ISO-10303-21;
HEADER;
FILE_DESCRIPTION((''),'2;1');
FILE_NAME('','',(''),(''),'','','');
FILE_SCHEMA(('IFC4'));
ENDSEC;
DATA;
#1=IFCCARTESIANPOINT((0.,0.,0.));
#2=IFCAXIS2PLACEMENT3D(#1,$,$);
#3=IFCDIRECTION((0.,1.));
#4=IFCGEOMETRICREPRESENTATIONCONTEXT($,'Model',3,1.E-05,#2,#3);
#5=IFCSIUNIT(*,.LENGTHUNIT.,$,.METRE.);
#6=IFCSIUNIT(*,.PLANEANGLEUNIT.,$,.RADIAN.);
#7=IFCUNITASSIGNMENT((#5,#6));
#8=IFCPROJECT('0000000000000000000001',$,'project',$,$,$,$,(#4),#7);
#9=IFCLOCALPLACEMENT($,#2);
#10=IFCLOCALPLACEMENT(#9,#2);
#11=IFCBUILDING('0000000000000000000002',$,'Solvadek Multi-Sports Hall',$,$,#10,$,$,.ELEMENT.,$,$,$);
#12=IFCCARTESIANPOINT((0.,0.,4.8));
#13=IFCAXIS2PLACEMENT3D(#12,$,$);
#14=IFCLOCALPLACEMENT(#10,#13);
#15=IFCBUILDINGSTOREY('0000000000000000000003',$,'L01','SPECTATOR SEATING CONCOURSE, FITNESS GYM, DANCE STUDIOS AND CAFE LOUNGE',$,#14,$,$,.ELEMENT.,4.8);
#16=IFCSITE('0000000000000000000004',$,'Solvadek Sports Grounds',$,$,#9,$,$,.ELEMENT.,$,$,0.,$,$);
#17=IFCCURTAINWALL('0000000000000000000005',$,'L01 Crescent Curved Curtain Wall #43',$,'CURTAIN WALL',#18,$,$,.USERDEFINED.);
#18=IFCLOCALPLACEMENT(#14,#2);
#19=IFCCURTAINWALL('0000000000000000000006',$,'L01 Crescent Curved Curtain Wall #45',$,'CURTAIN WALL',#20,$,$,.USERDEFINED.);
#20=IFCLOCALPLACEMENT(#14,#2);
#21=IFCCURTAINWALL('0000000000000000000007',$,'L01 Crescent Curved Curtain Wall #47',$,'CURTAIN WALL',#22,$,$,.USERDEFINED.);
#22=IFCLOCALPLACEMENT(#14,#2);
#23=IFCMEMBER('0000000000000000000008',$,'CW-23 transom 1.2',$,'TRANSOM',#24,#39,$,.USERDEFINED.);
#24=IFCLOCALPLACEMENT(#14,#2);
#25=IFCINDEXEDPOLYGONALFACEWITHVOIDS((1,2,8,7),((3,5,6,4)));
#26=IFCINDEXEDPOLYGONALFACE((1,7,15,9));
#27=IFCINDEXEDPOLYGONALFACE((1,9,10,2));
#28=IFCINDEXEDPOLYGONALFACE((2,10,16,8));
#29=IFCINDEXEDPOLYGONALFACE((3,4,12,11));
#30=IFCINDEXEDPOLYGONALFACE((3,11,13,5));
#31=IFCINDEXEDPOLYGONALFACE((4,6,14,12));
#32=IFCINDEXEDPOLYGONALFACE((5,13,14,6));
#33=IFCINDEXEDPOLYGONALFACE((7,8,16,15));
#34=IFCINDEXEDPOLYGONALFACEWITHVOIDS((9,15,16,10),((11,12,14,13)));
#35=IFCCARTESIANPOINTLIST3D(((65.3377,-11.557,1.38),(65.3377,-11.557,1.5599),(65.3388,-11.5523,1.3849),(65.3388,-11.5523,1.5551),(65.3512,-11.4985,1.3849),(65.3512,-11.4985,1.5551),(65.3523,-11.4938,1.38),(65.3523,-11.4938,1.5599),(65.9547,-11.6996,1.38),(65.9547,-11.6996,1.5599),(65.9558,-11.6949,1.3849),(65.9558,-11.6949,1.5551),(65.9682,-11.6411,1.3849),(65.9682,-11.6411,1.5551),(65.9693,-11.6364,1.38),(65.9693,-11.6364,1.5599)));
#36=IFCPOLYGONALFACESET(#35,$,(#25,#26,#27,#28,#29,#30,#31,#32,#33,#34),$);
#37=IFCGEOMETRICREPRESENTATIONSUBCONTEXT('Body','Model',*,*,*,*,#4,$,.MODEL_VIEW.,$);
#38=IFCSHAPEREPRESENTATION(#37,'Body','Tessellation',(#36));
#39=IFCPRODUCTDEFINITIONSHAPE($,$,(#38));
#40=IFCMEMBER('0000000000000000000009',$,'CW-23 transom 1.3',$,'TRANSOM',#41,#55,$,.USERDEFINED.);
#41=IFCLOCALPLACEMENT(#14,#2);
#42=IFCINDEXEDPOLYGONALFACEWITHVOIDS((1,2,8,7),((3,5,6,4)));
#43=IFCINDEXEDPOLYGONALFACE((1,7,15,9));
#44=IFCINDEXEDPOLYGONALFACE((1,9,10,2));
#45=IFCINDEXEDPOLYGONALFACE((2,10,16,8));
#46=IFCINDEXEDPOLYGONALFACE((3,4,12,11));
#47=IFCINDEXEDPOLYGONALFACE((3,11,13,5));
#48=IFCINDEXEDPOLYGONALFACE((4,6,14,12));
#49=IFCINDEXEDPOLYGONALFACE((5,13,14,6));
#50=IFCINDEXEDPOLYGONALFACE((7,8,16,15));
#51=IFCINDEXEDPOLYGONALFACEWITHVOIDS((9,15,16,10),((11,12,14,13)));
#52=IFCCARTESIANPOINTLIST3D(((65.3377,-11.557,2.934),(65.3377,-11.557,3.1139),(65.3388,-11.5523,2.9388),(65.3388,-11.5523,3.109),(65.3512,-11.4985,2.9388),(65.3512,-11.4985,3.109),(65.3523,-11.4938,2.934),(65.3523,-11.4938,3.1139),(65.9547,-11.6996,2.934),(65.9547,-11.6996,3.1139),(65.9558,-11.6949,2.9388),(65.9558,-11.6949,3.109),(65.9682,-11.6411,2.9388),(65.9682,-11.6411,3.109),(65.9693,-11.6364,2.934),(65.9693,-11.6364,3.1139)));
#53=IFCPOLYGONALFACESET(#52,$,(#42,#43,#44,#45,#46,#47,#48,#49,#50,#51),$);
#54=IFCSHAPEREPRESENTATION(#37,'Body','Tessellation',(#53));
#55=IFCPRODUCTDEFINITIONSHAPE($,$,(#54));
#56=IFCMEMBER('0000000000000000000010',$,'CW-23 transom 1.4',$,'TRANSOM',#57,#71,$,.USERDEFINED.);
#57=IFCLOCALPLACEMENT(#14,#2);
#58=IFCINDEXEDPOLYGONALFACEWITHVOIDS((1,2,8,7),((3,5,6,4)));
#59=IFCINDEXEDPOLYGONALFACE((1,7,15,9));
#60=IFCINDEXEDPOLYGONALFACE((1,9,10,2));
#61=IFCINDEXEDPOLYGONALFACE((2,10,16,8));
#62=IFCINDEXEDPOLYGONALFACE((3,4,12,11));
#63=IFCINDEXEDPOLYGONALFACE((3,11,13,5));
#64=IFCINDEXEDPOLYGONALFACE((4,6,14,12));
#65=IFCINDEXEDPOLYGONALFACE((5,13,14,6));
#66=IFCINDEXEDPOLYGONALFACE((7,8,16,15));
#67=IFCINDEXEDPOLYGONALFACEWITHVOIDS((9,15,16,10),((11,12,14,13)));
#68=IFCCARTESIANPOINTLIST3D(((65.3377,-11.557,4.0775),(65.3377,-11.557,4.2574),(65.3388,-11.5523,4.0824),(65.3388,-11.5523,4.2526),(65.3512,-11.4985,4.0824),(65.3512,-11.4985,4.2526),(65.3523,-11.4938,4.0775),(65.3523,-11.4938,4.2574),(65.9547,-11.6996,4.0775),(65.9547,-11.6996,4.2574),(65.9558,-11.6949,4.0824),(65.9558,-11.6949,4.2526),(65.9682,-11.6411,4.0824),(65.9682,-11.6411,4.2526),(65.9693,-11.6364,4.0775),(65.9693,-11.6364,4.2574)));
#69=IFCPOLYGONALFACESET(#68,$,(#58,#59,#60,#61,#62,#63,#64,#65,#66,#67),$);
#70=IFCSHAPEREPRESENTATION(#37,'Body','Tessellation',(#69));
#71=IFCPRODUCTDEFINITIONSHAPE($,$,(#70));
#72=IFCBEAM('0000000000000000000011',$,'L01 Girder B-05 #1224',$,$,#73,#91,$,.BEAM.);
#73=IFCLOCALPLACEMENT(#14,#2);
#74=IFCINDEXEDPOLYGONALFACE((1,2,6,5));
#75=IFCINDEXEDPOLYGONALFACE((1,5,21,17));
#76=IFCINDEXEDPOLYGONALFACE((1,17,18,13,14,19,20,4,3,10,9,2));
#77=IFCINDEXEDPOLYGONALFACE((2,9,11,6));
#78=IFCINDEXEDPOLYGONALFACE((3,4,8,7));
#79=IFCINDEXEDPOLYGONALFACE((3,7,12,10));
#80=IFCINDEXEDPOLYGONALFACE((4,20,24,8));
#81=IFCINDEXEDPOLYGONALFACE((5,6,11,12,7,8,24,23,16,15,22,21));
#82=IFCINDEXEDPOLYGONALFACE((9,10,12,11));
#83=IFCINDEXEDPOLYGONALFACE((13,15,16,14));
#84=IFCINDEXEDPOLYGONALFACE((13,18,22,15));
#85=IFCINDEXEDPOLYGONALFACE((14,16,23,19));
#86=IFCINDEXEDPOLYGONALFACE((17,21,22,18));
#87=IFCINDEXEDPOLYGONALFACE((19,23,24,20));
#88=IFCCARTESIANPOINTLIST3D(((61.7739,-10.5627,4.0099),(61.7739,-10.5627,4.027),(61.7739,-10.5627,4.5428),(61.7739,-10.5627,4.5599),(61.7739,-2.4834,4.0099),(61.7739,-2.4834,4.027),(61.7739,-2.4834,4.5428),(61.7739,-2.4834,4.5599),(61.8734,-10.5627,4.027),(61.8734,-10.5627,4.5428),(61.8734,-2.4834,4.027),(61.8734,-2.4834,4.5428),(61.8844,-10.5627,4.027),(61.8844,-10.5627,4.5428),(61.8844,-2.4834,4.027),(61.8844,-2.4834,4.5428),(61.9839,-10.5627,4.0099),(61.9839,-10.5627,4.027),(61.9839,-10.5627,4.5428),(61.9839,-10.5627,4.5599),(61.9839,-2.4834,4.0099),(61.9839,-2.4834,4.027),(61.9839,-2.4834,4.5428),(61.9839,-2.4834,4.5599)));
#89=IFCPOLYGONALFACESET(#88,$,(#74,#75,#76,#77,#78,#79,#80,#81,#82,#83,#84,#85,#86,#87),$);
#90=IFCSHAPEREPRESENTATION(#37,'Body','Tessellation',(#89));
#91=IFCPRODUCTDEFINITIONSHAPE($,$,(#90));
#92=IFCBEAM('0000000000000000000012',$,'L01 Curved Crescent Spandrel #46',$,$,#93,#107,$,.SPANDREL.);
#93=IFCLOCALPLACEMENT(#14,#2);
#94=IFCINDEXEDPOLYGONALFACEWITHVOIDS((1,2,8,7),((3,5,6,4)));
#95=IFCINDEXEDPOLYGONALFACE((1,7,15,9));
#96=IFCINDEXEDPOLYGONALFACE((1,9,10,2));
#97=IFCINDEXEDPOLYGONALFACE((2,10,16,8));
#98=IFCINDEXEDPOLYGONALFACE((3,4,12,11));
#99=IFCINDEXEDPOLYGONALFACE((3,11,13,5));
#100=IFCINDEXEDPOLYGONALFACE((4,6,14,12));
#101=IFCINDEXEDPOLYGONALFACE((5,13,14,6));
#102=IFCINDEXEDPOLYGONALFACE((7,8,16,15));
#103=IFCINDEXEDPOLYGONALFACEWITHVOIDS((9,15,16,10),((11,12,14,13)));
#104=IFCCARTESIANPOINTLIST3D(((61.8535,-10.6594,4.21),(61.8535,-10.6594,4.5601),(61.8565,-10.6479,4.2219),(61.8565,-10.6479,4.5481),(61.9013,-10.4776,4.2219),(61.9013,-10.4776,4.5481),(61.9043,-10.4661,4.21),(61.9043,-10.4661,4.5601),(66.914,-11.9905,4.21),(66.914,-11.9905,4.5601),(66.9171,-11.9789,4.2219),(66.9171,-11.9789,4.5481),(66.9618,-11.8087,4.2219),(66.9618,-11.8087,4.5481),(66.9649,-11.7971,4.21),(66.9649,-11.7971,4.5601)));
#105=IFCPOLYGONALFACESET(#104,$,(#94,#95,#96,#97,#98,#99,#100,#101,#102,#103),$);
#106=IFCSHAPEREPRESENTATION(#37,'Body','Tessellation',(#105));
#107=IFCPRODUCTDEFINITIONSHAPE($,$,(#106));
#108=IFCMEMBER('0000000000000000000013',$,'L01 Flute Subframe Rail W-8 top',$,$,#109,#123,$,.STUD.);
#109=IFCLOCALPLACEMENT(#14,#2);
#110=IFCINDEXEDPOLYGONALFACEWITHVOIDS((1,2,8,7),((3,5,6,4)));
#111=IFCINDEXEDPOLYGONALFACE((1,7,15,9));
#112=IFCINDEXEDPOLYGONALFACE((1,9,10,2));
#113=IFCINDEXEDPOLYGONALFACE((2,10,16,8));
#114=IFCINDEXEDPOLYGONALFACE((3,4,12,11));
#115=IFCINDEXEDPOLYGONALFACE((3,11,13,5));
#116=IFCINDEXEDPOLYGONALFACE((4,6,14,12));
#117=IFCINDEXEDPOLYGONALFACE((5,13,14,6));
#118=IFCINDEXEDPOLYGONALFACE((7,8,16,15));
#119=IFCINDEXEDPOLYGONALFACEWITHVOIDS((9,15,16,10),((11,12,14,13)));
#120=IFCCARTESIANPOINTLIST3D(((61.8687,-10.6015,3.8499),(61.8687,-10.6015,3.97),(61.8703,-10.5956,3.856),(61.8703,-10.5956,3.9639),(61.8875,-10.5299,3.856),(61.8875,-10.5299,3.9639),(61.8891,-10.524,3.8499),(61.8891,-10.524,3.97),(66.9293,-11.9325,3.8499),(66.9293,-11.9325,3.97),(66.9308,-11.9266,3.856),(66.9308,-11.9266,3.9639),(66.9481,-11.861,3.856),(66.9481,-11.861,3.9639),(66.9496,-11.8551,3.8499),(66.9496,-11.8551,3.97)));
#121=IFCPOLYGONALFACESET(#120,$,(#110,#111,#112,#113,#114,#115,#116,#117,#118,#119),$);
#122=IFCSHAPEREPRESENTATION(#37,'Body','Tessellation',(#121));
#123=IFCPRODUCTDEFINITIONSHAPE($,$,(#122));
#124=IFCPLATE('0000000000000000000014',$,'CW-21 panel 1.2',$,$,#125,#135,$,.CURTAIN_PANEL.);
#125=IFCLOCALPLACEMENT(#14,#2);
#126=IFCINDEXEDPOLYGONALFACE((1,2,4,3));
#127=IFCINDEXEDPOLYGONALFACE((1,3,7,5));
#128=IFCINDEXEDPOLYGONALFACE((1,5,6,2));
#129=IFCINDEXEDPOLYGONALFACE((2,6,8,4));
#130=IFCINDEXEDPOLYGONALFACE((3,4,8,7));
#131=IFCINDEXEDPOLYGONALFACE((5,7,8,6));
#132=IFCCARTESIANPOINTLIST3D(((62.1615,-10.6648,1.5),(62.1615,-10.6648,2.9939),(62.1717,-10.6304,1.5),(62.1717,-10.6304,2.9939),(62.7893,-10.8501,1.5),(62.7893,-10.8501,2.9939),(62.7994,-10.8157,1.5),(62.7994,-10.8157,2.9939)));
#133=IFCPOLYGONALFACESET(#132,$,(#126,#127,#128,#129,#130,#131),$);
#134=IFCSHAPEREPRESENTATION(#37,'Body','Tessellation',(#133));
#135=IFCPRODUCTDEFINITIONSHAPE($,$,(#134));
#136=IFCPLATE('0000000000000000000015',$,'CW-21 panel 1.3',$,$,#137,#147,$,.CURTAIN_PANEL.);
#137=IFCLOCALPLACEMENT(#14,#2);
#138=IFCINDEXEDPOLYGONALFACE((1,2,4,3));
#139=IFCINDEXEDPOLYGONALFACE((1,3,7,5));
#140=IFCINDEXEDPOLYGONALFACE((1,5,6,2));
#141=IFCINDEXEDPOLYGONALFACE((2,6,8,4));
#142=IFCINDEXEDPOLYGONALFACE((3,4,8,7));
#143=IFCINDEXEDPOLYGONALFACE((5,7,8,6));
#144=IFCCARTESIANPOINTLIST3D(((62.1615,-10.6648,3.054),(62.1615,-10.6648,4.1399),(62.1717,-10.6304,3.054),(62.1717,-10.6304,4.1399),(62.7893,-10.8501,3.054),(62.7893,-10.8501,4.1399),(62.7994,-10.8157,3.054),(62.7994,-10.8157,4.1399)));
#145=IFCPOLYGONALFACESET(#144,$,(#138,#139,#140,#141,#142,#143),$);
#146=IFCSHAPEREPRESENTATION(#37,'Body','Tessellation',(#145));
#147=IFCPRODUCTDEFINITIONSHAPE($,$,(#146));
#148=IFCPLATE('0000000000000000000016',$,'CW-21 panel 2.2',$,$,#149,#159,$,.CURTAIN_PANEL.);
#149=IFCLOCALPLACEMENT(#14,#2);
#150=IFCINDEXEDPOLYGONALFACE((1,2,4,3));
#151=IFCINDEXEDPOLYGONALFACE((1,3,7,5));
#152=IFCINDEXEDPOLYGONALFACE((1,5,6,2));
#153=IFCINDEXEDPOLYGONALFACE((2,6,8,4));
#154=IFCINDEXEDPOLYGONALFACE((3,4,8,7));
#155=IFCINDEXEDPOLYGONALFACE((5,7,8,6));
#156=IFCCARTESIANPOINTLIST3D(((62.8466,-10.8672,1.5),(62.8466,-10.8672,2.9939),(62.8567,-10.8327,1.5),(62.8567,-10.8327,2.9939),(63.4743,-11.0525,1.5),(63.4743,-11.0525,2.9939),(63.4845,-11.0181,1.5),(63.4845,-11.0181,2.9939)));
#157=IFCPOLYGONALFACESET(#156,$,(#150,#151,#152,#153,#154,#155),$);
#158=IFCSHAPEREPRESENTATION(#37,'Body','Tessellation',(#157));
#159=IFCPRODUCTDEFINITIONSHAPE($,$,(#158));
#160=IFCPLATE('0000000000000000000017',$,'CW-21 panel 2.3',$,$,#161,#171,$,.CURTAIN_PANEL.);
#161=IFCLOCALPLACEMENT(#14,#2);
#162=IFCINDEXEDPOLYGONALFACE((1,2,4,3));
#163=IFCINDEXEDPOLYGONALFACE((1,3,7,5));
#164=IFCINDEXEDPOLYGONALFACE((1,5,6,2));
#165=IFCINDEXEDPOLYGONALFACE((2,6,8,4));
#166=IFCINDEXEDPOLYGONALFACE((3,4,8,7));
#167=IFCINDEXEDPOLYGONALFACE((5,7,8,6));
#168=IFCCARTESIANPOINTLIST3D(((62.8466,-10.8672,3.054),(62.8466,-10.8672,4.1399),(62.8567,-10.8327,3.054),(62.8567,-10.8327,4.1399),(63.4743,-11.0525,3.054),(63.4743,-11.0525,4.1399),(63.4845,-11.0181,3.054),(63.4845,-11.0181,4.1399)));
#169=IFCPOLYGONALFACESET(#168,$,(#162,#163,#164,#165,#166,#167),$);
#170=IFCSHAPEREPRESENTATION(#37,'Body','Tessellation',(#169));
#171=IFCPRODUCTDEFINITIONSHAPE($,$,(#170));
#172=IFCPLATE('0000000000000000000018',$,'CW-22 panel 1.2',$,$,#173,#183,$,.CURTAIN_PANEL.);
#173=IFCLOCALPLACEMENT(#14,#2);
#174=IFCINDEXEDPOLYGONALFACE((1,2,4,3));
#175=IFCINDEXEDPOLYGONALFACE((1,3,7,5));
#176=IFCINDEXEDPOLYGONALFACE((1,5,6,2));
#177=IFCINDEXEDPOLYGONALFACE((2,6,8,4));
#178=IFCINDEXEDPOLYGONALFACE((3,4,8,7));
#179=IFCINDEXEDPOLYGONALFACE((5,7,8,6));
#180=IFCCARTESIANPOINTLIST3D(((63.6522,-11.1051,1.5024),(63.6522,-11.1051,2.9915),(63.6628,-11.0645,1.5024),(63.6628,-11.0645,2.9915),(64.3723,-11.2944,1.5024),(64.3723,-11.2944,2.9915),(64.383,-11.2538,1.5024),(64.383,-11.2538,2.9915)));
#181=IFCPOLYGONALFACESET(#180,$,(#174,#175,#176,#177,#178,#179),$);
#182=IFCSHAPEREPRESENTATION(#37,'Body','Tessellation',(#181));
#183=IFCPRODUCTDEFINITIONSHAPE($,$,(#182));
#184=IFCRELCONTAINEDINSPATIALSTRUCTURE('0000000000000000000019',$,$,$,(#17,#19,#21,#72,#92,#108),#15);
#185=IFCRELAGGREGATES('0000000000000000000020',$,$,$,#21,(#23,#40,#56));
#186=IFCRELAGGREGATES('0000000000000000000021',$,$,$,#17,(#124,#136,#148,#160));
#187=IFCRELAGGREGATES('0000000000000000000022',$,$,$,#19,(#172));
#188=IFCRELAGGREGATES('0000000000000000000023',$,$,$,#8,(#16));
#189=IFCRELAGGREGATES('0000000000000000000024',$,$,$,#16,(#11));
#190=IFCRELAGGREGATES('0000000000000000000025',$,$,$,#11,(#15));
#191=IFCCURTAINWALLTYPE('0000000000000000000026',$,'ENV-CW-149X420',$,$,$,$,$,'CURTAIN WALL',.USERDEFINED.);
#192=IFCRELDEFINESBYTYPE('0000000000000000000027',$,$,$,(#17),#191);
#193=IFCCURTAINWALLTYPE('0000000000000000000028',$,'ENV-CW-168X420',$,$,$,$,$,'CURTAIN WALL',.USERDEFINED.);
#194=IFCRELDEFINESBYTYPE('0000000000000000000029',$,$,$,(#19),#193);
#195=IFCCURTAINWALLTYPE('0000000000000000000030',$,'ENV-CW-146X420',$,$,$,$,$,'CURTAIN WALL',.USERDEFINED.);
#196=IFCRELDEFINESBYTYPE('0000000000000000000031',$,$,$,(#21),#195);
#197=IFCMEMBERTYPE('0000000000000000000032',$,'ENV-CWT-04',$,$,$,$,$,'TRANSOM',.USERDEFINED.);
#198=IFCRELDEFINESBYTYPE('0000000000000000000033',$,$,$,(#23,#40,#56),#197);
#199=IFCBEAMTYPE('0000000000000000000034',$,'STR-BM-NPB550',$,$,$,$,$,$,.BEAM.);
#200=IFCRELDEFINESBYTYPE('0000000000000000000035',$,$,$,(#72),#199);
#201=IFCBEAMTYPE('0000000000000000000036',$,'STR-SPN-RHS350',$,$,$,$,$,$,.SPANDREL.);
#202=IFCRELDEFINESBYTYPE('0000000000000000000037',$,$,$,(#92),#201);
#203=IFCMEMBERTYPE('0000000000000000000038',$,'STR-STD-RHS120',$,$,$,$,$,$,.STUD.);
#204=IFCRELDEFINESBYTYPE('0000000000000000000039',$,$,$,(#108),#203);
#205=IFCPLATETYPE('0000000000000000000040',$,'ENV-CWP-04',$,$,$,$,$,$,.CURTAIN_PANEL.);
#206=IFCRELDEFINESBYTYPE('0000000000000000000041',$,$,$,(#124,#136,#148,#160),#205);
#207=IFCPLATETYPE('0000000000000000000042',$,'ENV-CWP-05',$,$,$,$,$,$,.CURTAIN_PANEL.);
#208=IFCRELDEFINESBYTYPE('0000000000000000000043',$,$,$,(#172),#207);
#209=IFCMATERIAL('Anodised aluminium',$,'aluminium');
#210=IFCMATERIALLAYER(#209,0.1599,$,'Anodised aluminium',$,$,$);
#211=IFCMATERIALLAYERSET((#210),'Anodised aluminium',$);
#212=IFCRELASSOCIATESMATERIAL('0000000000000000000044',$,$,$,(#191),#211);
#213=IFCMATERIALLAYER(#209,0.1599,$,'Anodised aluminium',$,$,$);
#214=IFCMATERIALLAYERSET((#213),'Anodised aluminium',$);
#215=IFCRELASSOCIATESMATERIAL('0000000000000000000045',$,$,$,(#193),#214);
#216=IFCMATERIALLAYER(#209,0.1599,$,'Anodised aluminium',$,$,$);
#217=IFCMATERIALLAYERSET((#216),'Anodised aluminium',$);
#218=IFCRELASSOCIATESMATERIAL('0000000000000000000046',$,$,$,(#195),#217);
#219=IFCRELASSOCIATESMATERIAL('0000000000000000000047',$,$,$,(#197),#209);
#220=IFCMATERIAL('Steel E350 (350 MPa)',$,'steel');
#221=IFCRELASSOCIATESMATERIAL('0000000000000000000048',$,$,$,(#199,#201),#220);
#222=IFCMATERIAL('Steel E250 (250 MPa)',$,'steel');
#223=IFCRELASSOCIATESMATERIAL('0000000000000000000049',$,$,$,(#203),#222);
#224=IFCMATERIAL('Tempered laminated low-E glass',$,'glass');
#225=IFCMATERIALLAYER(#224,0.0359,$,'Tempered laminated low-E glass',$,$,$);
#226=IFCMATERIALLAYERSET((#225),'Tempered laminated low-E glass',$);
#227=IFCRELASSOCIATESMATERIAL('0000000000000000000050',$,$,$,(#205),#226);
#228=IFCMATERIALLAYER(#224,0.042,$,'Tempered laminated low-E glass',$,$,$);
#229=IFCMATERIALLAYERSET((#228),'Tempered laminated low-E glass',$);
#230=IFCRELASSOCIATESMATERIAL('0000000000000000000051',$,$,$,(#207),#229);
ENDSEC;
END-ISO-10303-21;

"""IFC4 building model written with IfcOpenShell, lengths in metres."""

from ifc_helpers import new_model, si_unit, direction, frame, origin, origin_2d, place, context, subcontext, project, spatial, rectangle, hollow_rectangle, i_section, extrude, material, layer, layer_set, material_profile, profile_set, type_object, element, aggregate, save


model = new_model("IFC4")

# Units and contexts
model_context = context("Model", 3, precision=1e-05, world=origin(), true_north=direction((0.0, 1.0)))
body_context = subcontext(model_context, "Body", "Model", "MODEL_VIEW")
ifc_project = project(units=[si_unit("LENGTHUNIT", "METRE"), si_unit("PLANEANGLEUNIT", "RADIAN")], contexts=[model_context])

# Site, building, storey
site_placement = place(None, origin())
site = spatial("IfcSite", under=ifc_project, at=site_placement, Name="Solvadek Sports Grounds", CompositionType="ELEMENT", RefElevation=0.0)
building_placement = place(site_placement, origin())
building = spatial("IfcBuilding", under=site, at=building_placement, Name="Solvadek Multi-Sports Hall", CompositionType="ELEMENT")
storey_placement = place(building_placement, frame((0.0, 0.0, 4.8)))
storey = spatial("IfcBuildingStorey", under=building, at=storey_placement, Name="L01", Description="SPECTATOR SEATING CONCOURSE, FITNESS GYM, DANCE STUDIOS AND CAFE LOUNGE", CompositionType="ELEMENT", Elevation=4.8)

# Curtain walls, members
ifc_material_1 = material(Name="Anodised aluminium", Category="aluminium")
ifc_layer_1 = layer(ifc_material_1, 0.1599, Name="Anodised aluminium")
ifc_layer_set_1 = layer_set([ifc_layer_1], Name="Anodised aluminium")
curtain_wall_type_1 = type_object("IfcCurtainWallType", Name="ENV-CW-149X420", ElementType="CURTAIN WALL", PredefinedType="USERDEFINED", material=ifc_layer_set_1)
curtain_wall_1_placement = place(storey_placement, origin())
curtain_wall_1 = element("IfcCurtainWall", 1, at=curtain_wall_1_placement, inside=storey, type_object=curtain_wall_type_1, Name="L01 Crescent Curved Curtain Wall #43", ObjectType="CURTAIN WALL", PredefinedType="USERDEFINED")
ifc_layer_2 = layer(ifc_material_1, 0.1599, Name="Anodised aluminium")
ifc_layer_set_2 = layer_set([ifc_layer_2], Name="Anodised aluminium")
curtain_wall_type_2 = type_object("IfcCurtainWallType", Name="ENV-CW-168X420", ElementType="CURTAIN WALL", PredefinedType="USERDEFINED", material=ifc_layer_set_2)
curtain_wall_2_placement = place(storey_placement, origin())
curtain_wall_2 = element("IfcCurtainWall", 2, at=curtain_wall_2_placement, inside=storey, type_object=curtain_wall_type_2, Name="L01 Crescent Curved Curtain Wall #45", ObjectType="CURTAIN WALL", PredefinedType="USERDEFINED")
ifc_layer_3 = layer(ifc_material_1, 0.1599, Name="Anodised aluminium")
ifc_layer_set_3 = layer_set([ifc_layer_3], Name="Anodised aluminium")
curtain_wall_type_3 = type_object("IfcCurtainWallType", Name="ENV-CW-146X420", ElementType="CURTAIN WALL", PredefinedType="USERDEFINED", material=ifc_layer_set_3)
curtain_wall_3_placement = place(storey_placement, origin())
curtain_wall_3 = element("IfcCurtainWall", 3, at=curtain_wall_3_placement, inside=storey, type_object=curtain_wall_type_3, Name="L01 Crescent Curved Curtain Wall #47", ObjectType="CURTAIN WALL", PredefinedType="USERDEFINED")
ifc_material_profile_1 = material_profile(ifc_material_1, hollow_rectangle(XDim=0.0649, YDim=0.1799, WallThickness=0.0049, at=origin_2d()), Name="ALU-T 180x65x5")
ifc_profile_set_1 = profile_set([ifc_material_profile_1], Name="Anodised aluminium")
member_type_1 = type_object("IfcMemberType", Name="ENV-CWT-04", ElementType="TRANSOM", PredefinedType="USERDEFINED", material=ifc_profile_set_1)
member_1_placement = place(storey_placement, frame((65.345, -11.5254, 1.47), z_axis=(0.97432, -0.225169, 0.0), x_axis=(0.225169, 0.97432, 0.0)))
member_1 = element("IfcMember", 4, at=member_1_placement, type_object=member_type_1, Name="CW-23 transom 1.2", ObjectType="TRANSOM", PredefinedType="USERDEFINED", context=body_context, shape_type="SweptSolid", body=[
    extrude(hollow_rectangle(XDim=0.0649, YDim=0.1799, WallThickness=0.0049, at=origin_2d()), origin(), (0.0, 0.0, 1.0), 0.6333),
])
member_2_placement = place(storey_placement, frame((65.345, -11.5254, 3.0239), z_axis=(0.97432, -0.225169, 0.0), x_axis=(0.225169, 0.97432, 0.0)))
member_2 = element("IfcMember", 5, at=member_2_placement, type_object=member_type_1, Name="CW-23 transom 1.3", ObjectType="TRANSOM", PredefinedType="USERDEFINED", context=body_context, shape_type="SweptSolid", body=[
    extrude(hollow_rectangle(XDim=0.0649, YDim=0.1799, WallThickness=0.0049, at=origin_2d()), origin(), (0.0, 0.0, 1.0), 0.6333),
])
member_3_placement = place(storey_placement, frame((65.345, -11.5254, 4.1675), z_axis=(0.97432, -0.225169, 0.0), x_axis=(0.225169, 0.97432, 0.0)))
member_3 = element("IfcMember", 6, at=member_3_placement, type_object=member_type_1, Name="CW-23 transom 1.4", ObjectType="TRANSOM", PredefinedType="USERDEFINED", context=body_context, shape_type="SweptSolid", body=[
    extrude(hollow_rectangle(XDim=0.0649, YDim=0.1799, WallThickness=0.0049, at=origin_2d()), origin(), (0.0, 0.0, 1.0), 0.6333),
])
aggregate(curtain_wall_3, [member_1, member_2, member_3])

# Beams
ifc_material_2 = material(Name="Steel E350 (350 MPa)", Category="steel")
ifc_material_profile_2 = material_profile(ifc_material_2, i_section(OverallWidth=0.21, OverallDepth=0.55, WebThickness=0.011, FlangeThickness=0.0171, at=origin_2d()), Name="NPB 550")
ifc_profile_set_2 = profile_set([ifc_material_profile_2], Name="Steel E350 (350 MPa)")
beam_type_1 = type_object("IfcBeamType", Name="STR-BM-NPB550", PredefinedType="BEAM", material=ifc_profile_set_2)
beam_1_placement = place(storey_placement, frame((61.8789, -10.5627, 4.2849), z_axis=(0.0, 1.0, 0.0), x_axis=(-1.0, 0.0, 0.0)))
element("IfcBeam", 7, at=beam_1_placement, inside=storey, type_object=beam_type_1, Name="L01 Girder B-05 #1224", PredefinedType="BEAM", context=body_context, shape_type="SweptSolid", body=[
    extrude(i_section(OverallWidth=0.21, OverallDepth=0.55, WebThickness=0.011, FlangeThickness=0.0171, at=origin_2d()), origin(), (0.0, 0.0, 1.0), 8.0793),
])
ifc_material_profile_3 = material_profile(ifc_material_2, hollow_rectangle(XDim=0.2, YDim=0.3501, WallThickness=0.012, at=origin_2d()), Name="RHS 350x200x12")
ifc_profile_set_3 = profile_set([ifc_material_profile_3], Name="Steel E350 (350 MPa)")
beam_type_2 = type_object("IfcBeamType", Name="STR-SPN-RHS350", PredefinedType="SPANDREL", material=ifc_profile_set_3)
beam_2_placement = place(storey_placement, frame((61.8789, -10.5627, 4.385), z_axis=(0.967106, -0.254374, 0.0), x_axis=(0.254374, 0.967106, 0.0)))
element("IfcBeam", 8, at=beam_2_placement, inside=storey, type_object=beam_type_2, Name="L01 Curved Crescent Spandrel #46", PredefinedType="SPANDREL", context=body_context, shape_type="SweptSolid", body=[
    extrude(hollow_rectangle(XDim=0.2, YDim=0.3501, WallThickness=0.012, at=origin_2d()), origin(), (0.0, 0.0, 1.0), 5.2327),
])

# Member
ifc_material_3 = material(Name="Steel E250 (250 MPa)", Category="steel")
ifc_material_profile_4 = material_profile(ifc_material_3, hollow_rectangle(XDim=0.0801, YDim=0.1201, WallThickness=0.0061, at=origin_2d()), Name="RHS 120x80x6")
ifc_profile_set_4 = profile_set([ifc_material_profile_4], Name="Steel E250 (250 MPa)")
member_type_2 = type_object("IfcMemberType", Name="STR-STD-RHS120", PredefinedType="STUD", material=ifc_profile_set_4)
member_4_placement = place(storey_placement, frame((61.8789, -10.5627, 3.9099), z_axis=(0.967106, -0.254374, 0.0), x_axis=(0.254374, 0.967106, 0.0)))
element("IfcMember", 9, at=member_4_placement, inside=storey, type_object=member_type_2, Name="L01 Flute Subframe Rail W-8 top", PredefinedType="STUD", context=body_context, shape_type="SweptSolid", body=[
    extrude(hollow_rectangle(XDim=0.0801, YDim=0.1201, WallThickness=0.0061, at=origin_2d()), origin(), (0.0, 0.0, 1.0), 5.2327),
])

# Plates
ifc_material_4 = material(Name="Tempered laminated low-E glass", Category="glass")
ifc_layer_4 = layer(ifc_material_4, 0.0359, Name="Tempered laminated low-E glass")
ifc_layer_set_4 = layer_set([ifc_layer_4], Name="Tempered laminated low-E glass")
plate_type_1 = type_object("IfcPlateType", Name="ENV-CWP-04", PredefinedType="CURTAIN_PANEL", material=ifc_layer_set_4)
plate_1_placement = place(storey_placement, frame((62.4805, -10.7402, 1.5), z_axis=(0.0, 0.0, 1.0), x_axis=(0.959069, -0.283173, 0.0)))
plate_1 = element("IfcPlate", 10, at=plate_1_placement, type_object=plate_type_1, Name="CW-21 panel 1.2", PredefinedType="CURTAIN_PANEL", context=body_context, shape_type="SweptSolid", body=[
    extrude(rectangle(XDim=0.6545, YDim=0.0359, at=origin_2d()), origin(), (0.0, 0.0, 1.0), 1.4939),
])
plate_2_placement = place(storey_placement, frame((62.4805, -10.7402, 3.054), z_axis=(0.0, 0.0, 1.0), x_axis=(0.959069, -0.283173, 0.0)))
plate_2 = element("IfcPlate", 11, at=plate_2_placement, type_object=plate_type_1, Name="CW-21 panel 1.3", PredefinedType="CURTAIN_PANEL", context=body_context, shape_type="SweptSolid", body=[
    extrude(rectangle(XDim=0.6545, YDim=0.0359, at=origin_2d()), origin(), (0.0, 0.0, 1.0), 1.0859),
])
plate_3_placement = place(storey_placement, frame((63.1655, -10.9426, 1.5), z_axis=(0.0, 0.0, 1.0), x_axis=(0.959069, -0.283173, 0.0)))
plate_3 = element("IfcPlate", 12, at=plate_3_placement, type_object=plate_type_1, Name="CW-21 panel 2.2", PredefinedType="CURTAIN_PANEL", context=body_context, shape_type="SweptSolid", body=[
    extrude(rectangle(XDim=0.6545, YDim=0.0359, at=origin_2d()), origin(), (0.0, 0.0, 1.0), 1.4939),
])
plate_4_placement = place(storey_placement, frame((63.1655, -10.9426, 3.054), z_axis=(0.0, 0.0, 1.0), x_axis=(0.959069, -0.283173, 0.0)))
plate_4 = element("IfcPlate", 13, at=plate_4_placement, type_object=plate_type_1, Name="CW-21 panel 2.3", PredefinedType="CURTAIN_PANEL", context=body_context, shape_type="SweptSolid", body=[
    extrude(rectangle(XDim=0.6545, YDim=0.0359, at=origin_2d()), origin(), (0.0, 0.0, 1.0), 1.0859),
])
aggregate(curtain_wall_1, [plate_1, plate_2, plate_3, plate_4])
ifc_layer_5 = layer(ifc_material_4, 0.042, Name="Tempered laminated low-E glass")
ifc_layer_set_5 = layer_set([ifc_layer_5], Name="Tempered laminated low-E glass")
plate_type_2 = type_object("IfcPlateType", Name="ENV-CWP-05", PredefinedType="CURTAIN_PANEL", material=ifc_layer_set_5)
plate_5_placement = place(storey_placement, frame((64.0176, -11.1794, 1.5024), z_axis=(0.0, 0.0, 1.0), x_axis=(0.967167, -0.254143, 0.0)))
plate_5 = element("IfcPlate", 14, at=plate_5_placement, type_object=plate_type_2, Name="CW-22 panel 1.2", PredefinedType="CURTAIN_PANEL", context=body_context, shape_type="SweptSolid", body=[
    extrude(rectangle(XDim=0.7446, YDim=0.042, at=origin_2d()), origin(), (0.0, 0.0, 1.0), 1.489),
])
aggregate(curtain_wall_2, [plate_5])

save(model, "model.ifc")
